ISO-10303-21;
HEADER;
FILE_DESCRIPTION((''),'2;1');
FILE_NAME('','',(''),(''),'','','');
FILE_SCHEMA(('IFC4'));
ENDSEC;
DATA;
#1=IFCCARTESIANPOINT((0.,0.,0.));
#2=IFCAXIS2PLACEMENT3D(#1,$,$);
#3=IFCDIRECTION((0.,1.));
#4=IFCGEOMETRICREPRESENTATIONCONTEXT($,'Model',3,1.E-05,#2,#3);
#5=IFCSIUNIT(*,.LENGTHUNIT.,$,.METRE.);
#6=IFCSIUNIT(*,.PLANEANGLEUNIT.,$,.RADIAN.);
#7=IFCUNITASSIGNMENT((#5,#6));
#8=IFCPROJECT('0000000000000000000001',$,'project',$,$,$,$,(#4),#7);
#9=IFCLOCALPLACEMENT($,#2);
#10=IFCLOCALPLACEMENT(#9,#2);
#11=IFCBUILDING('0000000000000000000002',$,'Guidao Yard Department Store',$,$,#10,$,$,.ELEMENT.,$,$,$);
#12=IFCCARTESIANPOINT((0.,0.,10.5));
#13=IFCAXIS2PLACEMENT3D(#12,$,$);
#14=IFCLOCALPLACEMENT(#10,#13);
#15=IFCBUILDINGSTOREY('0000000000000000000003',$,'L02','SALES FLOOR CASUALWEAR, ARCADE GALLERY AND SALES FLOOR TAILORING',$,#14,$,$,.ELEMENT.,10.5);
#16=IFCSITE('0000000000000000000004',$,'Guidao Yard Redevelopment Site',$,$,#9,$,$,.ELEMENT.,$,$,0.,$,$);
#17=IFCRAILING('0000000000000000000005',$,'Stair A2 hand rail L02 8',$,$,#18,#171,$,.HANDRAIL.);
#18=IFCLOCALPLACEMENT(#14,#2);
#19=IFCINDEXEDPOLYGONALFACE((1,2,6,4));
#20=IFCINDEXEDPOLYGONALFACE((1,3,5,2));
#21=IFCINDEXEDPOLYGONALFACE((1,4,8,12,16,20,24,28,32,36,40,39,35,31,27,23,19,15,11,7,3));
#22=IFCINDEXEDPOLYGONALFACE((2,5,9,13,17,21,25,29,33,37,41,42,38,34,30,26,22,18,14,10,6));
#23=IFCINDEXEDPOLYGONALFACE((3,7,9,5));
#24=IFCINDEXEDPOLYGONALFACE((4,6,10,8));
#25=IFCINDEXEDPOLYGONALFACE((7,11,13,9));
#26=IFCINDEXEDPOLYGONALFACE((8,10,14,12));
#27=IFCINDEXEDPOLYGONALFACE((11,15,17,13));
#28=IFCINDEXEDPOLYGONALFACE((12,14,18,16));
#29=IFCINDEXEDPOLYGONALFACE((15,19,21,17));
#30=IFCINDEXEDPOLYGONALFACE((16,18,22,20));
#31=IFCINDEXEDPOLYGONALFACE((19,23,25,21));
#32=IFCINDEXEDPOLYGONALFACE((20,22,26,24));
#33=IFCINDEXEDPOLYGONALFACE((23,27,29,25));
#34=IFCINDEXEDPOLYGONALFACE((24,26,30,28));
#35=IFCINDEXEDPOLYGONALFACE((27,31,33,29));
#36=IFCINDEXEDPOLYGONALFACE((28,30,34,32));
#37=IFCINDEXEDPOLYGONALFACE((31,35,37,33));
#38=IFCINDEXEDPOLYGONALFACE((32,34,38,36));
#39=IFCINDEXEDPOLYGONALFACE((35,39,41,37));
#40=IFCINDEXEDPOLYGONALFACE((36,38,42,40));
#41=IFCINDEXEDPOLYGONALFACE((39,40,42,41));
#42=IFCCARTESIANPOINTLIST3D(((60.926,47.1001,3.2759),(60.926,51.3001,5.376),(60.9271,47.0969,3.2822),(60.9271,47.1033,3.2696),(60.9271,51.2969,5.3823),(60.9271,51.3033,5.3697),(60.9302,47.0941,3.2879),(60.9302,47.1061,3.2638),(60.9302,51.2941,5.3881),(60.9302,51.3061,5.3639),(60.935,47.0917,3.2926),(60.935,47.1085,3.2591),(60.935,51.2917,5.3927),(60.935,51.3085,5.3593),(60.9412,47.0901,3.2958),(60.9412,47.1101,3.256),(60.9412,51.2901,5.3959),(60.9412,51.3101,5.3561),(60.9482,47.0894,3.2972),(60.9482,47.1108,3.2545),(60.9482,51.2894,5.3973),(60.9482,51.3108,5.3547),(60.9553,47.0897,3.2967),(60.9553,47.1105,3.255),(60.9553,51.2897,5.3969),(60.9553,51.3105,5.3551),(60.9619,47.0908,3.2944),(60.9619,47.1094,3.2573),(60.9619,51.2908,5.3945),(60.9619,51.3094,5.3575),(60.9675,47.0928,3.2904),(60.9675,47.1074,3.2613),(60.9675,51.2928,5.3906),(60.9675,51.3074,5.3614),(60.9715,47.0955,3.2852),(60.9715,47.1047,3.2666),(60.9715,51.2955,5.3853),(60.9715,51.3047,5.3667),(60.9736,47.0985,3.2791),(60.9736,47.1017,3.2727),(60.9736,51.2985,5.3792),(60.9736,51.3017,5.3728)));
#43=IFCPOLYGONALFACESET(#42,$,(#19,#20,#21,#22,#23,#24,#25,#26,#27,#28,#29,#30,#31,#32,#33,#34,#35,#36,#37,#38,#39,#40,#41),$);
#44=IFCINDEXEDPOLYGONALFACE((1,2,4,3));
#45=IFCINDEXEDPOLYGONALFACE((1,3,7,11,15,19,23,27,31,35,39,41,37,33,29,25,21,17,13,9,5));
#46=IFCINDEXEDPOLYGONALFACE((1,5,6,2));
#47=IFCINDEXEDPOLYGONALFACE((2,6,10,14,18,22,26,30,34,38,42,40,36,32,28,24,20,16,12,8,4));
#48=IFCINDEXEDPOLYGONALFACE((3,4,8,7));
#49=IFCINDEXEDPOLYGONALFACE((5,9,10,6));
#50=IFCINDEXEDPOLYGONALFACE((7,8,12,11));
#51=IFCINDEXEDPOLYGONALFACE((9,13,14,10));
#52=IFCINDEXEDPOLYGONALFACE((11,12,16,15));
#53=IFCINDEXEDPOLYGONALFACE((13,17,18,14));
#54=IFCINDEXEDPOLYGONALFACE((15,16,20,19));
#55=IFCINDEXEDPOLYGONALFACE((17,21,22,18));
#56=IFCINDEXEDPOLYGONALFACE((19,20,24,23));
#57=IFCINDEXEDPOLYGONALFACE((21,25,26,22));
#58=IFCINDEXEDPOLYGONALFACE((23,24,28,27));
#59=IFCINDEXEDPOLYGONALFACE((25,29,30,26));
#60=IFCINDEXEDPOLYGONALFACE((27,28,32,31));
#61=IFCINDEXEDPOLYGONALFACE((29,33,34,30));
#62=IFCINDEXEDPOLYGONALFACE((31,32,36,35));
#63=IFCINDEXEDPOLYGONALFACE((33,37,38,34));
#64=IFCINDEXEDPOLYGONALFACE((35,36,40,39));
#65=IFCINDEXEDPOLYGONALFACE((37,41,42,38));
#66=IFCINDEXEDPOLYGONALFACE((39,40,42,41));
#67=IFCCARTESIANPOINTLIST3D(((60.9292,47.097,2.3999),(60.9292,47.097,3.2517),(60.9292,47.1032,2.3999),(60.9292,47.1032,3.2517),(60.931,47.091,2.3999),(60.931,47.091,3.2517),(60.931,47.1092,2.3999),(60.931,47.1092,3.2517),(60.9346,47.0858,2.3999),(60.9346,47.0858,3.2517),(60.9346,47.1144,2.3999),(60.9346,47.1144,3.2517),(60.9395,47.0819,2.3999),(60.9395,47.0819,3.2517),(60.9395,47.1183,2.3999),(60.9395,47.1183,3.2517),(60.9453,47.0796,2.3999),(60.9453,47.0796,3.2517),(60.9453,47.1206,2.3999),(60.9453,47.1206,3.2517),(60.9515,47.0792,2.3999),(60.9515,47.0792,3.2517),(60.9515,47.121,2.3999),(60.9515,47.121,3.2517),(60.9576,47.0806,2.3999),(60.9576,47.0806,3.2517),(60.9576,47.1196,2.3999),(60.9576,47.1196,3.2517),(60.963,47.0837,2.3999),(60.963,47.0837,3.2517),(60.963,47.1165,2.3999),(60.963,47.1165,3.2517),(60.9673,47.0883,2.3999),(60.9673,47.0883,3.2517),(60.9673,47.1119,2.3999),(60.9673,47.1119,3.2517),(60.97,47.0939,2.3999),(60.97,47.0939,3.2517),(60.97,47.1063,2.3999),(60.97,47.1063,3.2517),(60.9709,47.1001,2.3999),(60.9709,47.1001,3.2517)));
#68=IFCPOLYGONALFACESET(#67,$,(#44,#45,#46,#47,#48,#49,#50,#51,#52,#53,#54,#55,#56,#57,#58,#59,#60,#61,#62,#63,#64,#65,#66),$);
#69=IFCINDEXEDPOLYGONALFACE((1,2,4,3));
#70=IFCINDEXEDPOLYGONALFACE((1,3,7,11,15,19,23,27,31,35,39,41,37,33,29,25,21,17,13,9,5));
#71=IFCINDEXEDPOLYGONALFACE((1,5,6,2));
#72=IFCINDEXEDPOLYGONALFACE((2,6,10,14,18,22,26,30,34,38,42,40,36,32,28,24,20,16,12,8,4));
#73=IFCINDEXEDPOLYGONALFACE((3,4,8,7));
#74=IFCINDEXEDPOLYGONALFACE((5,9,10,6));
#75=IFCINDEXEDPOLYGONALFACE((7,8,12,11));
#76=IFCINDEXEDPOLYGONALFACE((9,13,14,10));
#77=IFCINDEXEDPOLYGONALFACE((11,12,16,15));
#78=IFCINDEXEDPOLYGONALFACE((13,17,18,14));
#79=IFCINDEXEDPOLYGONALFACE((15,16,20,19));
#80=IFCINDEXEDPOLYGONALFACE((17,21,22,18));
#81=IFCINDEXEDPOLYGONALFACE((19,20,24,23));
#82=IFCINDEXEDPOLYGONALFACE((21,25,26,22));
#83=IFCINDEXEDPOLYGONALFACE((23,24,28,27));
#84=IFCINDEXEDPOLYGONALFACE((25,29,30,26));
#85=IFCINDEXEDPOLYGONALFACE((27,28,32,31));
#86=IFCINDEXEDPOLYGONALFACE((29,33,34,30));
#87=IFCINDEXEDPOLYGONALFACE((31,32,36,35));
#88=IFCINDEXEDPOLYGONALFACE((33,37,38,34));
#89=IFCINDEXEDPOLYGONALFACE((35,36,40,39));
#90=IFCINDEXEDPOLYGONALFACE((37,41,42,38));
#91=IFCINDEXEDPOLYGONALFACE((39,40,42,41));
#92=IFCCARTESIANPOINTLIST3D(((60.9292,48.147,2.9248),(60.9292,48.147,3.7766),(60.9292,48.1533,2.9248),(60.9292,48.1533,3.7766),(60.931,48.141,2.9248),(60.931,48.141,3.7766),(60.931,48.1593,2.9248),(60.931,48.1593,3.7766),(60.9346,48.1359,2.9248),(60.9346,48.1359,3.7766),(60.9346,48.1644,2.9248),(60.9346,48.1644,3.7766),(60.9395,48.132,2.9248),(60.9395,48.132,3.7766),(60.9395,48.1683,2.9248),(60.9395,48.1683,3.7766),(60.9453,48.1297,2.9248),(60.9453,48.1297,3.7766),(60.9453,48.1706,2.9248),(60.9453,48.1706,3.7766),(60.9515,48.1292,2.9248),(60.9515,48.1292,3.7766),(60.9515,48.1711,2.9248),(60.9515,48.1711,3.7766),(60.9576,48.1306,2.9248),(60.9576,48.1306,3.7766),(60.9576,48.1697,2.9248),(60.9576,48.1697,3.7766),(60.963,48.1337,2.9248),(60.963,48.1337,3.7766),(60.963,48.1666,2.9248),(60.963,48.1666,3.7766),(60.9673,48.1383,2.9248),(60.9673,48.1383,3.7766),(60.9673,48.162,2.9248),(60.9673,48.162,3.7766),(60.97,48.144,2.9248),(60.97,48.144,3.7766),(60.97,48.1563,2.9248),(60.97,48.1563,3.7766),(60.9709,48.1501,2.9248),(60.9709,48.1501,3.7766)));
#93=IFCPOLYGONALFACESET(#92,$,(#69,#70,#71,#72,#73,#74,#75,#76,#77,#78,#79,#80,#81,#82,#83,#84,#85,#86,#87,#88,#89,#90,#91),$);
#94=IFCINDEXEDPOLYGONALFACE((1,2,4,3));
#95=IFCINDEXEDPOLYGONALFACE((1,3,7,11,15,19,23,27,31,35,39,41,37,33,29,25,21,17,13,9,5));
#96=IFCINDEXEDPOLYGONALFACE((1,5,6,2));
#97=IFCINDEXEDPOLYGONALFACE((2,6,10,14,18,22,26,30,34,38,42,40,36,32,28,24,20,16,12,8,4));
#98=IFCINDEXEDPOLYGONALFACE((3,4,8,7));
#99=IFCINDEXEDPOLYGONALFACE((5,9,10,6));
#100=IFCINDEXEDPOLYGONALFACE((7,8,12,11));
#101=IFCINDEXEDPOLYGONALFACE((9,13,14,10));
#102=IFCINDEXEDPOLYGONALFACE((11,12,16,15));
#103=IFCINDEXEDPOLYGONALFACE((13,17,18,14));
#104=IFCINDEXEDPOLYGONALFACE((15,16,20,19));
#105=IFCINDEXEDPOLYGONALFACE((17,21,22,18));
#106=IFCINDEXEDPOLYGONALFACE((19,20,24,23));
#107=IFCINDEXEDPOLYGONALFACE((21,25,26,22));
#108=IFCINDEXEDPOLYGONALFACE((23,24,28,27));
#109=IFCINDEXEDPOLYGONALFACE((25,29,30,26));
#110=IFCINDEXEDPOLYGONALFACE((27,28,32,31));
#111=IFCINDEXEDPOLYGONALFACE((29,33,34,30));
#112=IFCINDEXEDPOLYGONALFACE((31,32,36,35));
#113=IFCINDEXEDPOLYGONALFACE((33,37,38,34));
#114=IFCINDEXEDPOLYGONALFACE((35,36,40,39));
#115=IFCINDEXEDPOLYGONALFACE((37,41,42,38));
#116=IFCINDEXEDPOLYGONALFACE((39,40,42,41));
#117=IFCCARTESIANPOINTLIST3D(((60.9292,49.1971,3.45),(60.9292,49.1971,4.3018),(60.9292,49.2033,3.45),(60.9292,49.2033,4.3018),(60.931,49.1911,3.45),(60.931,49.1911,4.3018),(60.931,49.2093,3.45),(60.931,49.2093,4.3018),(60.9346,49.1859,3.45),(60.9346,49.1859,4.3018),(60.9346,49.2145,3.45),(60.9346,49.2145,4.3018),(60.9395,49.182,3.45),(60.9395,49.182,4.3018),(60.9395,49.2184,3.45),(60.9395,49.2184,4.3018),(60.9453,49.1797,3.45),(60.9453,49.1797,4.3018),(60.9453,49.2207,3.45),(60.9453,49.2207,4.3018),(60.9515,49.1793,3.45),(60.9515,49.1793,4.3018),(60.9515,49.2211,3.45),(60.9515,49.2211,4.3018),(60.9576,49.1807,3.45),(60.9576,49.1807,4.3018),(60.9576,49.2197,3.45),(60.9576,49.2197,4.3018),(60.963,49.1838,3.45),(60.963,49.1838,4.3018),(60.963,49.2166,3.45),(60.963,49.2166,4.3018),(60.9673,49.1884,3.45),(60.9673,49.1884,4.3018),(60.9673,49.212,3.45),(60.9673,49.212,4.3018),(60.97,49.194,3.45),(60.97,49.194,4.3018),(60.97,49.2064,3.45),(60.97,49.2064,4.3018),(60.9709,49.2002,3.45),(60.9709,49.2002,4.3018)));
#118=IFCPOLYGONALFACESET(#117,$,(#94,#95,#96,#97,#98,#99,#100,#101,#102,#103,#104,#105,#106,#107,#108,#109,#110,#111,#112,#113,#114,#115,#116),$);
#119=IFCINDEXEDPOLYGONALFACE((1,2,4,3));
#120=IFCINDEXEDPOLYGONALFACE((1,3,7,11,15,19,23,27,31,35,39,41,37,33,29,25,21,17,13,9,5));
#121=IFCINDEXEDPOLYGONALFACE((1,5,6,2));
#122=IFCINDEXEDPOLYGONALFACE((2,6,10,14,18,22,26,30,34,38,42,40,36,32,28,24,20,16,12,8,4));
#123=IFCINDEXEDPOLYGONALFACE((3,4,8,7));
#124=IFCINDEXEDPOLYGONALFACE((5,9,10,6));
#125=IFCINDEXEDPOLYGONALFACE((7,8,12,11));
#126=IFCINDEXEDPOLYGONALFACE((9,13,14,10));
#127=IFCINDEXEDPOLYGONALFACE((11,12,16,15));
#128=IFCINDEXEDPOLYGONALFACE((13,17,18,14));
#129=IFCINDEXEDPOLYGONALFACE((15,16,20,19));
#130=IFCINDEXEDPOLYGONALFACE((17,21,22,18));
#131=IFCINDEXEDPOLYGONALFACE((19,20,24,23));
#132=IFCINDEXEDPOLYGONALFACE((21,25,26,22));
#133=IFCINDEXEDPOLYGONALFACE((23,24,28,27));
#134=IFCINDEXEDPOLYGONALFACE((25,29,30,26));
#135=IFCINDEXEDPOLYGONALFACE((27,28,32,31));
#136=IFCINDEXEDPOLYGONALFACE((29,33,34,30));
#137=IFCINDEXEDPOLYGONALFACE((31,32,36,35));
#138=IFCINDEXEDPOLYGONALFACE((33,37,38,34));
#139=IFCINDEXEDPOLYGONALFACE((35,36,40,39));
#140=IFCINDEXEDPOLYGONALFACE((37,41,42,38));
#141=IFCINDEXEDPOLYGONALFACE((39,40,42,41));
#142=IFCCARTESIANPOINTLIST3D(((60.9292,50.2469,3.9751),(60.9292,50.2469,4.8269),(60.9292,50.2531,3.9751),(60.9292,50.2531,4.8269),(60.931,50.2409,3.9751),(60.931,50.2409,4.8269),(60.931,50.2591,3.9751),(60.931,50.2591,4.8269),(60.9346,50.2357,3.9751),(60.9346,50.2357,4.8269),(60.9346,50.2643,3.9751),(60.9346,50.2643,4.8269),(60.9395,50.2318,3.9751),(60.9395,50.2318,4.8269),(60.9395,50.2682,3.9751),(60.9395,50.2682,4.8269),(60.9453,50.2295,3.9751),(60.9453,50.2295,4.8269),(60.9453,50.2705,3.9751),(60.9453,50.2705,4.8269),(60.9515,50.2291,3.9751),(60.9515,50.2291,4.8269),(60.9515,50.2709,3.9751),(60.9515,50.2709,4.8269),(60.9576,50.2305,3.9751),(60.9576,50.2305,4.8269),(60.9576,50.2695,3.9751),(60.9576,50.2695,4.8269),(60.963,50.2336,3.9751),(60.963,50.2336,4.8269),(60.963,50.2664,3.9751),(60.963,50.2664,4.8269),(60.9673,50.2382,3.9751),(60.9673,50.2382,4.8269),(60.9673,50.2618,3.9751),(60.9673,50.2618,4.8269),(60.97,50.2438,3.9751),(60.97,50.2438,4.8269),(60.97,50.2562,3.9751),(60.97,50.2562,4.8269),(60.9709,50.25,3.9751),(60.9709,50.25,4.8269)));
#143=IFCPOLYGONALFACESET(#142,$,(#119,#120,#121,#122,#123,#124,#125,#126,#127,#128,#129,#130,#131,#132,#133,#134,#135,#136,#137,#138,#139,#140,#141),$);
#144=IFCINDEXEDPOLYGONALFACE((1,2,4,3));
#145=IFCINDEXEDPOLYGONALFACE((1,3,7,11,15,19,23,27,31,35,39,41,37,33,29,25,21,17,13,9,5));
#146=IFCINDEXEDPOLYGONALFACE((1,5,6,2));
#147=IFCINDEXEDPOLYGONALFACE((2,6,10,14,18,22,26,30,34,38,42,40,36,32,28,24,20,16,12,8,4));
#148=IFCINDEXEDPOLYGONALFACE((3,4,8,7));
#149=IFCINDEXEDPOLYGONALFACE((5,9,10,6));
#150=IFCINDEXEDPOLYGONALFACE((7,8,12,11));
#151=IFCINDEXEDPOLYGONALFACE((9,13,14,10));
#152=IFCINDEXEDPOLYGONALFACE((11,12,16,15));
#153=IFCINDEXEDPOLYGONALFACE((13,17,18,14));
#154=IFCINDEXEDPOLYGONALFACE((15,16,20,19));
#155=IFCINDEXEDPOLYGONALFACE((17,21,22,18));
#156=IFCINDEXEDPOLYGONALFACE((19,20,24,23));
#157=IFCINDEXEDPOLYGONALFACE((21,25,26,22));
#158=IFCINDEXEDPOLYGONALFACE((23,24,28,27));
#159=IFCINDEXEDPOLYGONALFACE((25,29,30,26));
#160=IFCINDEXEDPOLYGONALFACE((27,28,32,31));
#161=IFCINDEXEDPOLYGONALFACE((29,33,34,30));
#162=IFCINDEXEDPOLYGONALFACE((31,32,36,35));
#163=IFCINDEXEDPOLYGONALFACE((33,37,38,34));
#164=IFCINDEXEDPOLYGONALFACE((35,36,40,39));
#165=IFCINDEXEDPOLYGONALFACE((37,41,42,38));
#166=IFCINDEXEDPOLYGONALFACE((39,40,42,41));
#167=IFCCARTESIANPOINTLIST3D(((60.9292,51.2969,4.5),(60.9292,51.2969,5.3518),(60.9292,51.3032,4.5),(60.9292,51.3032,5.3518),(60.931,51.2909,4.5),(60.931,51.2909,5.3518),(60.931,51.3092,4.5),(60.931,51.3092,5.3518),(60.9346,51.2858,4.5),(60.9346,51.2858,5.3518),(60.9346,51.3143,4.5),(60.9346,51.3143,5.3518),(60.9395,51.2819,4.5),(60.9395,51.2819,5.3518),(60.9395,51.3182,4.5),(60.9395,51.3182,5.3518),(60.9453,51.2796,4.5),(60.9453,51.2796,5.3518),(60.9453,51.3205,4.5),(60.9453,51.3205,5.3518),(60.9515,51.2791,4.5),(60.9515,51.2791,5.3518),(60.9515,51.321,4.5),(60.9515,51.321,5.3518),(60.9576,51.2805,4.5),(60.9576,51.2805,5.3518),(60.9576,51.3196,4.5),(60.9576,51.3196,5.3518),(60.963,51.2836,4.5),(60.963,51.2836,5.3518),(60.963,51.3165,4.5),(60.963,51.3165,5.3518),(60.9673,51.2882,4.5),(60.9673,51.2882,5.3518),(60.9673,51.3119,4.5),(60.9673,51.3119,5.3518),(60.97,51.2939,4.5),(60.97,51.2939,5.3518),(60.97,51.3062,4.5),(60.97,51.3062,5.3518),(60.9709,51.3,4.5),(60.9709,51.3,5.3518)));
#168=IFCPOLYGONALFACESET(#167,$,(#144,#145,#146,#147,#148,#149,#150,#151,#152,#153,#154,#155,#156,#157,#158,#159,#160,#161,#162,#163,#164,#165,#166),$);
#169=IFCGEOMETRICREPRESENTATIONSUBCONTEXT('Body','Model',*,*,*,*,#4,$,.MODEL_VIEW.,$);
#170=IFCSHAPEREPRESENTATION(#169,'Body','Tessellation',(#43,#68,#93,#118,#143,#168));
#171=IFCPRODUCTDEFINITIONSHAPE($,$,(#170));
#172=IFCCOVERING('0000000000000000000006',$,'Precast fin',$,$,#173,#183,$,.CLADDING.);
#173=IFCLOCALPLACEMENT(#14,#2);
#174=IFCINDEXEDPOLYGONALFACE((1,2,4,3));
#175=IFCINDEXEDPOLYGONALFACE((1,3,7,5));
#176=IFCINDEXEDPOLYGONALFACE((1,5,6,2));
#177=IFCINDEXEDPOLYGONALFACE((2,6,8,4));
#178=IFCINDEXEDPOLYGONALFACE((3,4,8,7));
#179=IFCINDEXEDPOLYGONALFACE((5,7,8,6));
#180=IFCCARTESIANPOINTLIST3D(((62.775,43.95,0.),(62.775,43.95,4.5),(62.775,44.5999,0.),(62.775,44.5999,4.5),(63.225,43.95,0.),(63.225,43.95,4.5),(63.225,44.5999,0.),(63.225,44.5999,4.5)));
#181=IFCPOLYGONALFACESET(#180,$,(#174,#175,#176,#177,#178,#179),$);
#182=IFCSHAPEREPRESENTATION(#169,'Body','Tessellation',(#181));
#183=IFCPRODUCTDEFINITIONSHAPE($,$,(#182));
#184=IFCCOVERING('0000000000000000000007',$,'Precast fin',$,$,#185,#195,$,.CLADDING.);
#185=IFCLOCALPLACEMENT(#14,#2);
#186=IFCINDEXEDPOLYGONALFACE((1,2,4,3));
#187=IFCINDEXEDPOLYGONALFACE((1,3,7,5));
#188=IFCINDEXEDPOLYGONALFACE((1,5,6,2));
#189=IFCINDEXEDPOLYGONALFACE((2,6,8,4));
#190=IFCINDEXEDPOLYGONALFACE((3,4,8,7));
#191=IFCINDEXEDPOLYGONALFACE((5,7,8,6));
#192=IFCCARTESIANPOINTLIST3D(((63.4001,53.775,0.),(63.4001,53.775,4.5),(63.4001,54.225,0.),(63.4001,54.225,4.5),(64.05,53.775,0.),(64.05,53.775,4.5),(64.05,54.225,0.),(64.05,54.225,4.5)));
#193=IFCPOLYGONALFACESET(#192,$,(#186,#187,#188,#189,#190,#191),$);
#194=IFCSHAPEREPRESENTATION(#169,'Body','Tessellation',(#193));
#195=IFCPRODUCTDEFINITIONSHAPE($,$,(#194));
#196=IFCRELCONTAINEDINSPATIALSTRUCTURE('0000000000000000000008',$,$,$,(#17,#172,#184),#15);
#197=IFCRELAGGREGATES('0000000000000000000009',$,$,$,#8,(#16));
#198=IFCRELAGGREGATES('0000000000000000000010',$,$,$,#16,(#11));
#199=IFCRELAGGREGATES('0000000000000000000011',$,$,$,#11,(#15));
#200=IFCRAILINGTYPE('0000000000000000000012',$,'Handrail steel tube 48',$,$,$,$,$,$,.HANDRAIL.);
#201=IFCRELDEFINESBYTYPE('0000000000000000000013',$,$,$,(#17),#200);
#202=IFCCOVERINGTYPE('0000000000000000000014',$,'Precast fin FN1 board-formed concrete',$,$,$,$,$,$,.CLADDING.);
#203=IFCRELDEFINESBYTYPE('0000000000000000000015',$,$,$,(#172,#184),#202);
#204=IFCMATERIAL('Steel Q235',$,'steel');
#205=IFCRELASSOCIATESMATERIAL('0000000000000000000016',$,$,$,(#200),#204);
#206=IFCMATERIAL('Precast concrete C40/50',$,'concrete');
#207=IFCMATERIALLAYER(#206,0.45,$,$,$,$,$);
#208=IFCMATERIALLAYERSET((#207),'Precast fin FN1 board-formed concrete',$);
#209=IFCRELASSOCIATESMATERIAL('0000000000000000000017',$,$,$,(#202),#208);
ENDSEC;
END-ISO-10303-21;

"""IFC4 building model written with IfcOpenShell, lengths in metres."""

from ifc_helpers import new_model, si_unit, direction, frame, origin, origin_2d, place, context, subcontext, project, spatial, rectangle, circle, extrude, material, layer, layer_set, type_object, element, save


model = new_model("IFC4")

# Units and contexts
model_context = context("Model", 3, precision=1e-05, world=origin(), true_north=direction((0.0, 1.0)))
body_context = subcontext(model_context, "Body", "Model", "MODEL_VIEW")
ifc_project = project(units=[si_unit("LENGTHUNIT", "METRE"), si_unit("PLANEANGLEUNIT", "RADIAN")], contexts=[model_context])

# Site, building, storey
site_placement = place(None, origin())
site = spatial("IfcSite", under=ifc_project, at=site_placement, Name="Guidao Yard Redevelopment Site", CompositionType="ELEMENT", RefElevation=0.0)
building_placement = place(site_placement, origin())
building = spatial("IfcBuilding", under=site, at=building_placement, Name="Guidao Yard Department Store", CompositionType="ELEMENT")
storey_placement = place(building_placement, frame((0.0, 0.0, 10.5)))
storey = spatial("IfcBuildingStorey", under=building, at=storey_placement, Name="L02", Description="SALES FLOOR CASUALWEAR, ARCADE GALLERY AND SALES FLOOR TAILORING", CompositionType="ELEMENT", Elevation=10.5)

# Railing
ifc_material_1 = material(Name="Steel Q235", Category="steel")
railing_type_1 = type_object("IfcRailingType", Name="Handrail steel tube 48", PredefinedType="HANDRAIL", material=ifc_material_1)
for number, where, name in (
    (1, (60.95, 47.1001, 2.3999), "Stair A2 hand rail L02 8"),
):
    element("IfcRailing", number, at=place(storey_placement, frame(where)), inside=storey, type_object=railing_type_1, Name=name, PredefinedType="HANDRAIL", context=body_context, shape_type="SweptSolid", body=[
        extrude(circle(Radius=0.0239, at=origin_2d()), frame((0.0, 0.0, 0.876), z_axis=(0.0, 0.894417, 0.447234), x_axis=(-1.0, 0.0, 0.0)), (0.0, 0.0, 1.0), 4.6958),
        extrude(circle(Radius=0.021, at=origin_2d()), origin(), (0.0, 0.0, 1.0), 0.8518),
        extrude(circle(Radius=0.021, at=origin_2d()), frame((0.0, 1.05, 0.5249)), (0.0, 0.0, 1.0), 0.8518),
        extrude(circle(Radius=0.021, at=origin_2d()), frame((0.0, 2.1001, 1.05)), (0.0, 0.0, 1.0), 0.8518),
        extrude(circle(Radius=0.021, at=origin_2d()), frame((0.0, 3.1499, 1.5752)), (0.0, 0.0, 1.0), 0.8518),
        extrude(circle(Radius=0.021, at=origin_2d()), frame((0.0, 4.2, 2.1001)), (0.0, 0.0, 1.0), 0.8518),
    ])

# Coverings
ifc_material_2 = material(Name="Precast concrete C40/50", Category="concrete")
ifc_layer_1 = layer(ifc_material_2, 0.45)
ifc_layer_set_1 = layer_set([ifc_layer_1], Name="Precast fin FN1 board-formed concrete")
covering_type = type_object("IfcCoveringType", Name="Precast fin FN1 board-formed concrete", PredefinedType="CLADDING", material=ifc_layer_set_1)
for number, where, z_axis, x_axis, name in (
    (2, (63.0, 44.2749, 0.0), (0.0, 0.0, 1.0), (-1.0, 0.0, 0.0), "Precast fin"),
    (3, (63.7251, 54.0, 0.0), (0.0, 0.0, 1.0), (0.0, -1.0, 0.0), "Precast fin"),
):
    element("IfcCovering", number, at=place(storey_placement, frame(where, z_axis=z_axis, x_axis=x_axis)), inside=storey, type_object=covering_type, Name=name, PredefinedType="CLADDING", context=body_context, shape_type="SweptSolid", body=[
        extrude(rectangle(XDim=0.45, YDim=0.6499, at=origin_2d()), origin(), (0.0, 0.0, 1.0), 4.5),
    ])

save(model, "model.ifc")
